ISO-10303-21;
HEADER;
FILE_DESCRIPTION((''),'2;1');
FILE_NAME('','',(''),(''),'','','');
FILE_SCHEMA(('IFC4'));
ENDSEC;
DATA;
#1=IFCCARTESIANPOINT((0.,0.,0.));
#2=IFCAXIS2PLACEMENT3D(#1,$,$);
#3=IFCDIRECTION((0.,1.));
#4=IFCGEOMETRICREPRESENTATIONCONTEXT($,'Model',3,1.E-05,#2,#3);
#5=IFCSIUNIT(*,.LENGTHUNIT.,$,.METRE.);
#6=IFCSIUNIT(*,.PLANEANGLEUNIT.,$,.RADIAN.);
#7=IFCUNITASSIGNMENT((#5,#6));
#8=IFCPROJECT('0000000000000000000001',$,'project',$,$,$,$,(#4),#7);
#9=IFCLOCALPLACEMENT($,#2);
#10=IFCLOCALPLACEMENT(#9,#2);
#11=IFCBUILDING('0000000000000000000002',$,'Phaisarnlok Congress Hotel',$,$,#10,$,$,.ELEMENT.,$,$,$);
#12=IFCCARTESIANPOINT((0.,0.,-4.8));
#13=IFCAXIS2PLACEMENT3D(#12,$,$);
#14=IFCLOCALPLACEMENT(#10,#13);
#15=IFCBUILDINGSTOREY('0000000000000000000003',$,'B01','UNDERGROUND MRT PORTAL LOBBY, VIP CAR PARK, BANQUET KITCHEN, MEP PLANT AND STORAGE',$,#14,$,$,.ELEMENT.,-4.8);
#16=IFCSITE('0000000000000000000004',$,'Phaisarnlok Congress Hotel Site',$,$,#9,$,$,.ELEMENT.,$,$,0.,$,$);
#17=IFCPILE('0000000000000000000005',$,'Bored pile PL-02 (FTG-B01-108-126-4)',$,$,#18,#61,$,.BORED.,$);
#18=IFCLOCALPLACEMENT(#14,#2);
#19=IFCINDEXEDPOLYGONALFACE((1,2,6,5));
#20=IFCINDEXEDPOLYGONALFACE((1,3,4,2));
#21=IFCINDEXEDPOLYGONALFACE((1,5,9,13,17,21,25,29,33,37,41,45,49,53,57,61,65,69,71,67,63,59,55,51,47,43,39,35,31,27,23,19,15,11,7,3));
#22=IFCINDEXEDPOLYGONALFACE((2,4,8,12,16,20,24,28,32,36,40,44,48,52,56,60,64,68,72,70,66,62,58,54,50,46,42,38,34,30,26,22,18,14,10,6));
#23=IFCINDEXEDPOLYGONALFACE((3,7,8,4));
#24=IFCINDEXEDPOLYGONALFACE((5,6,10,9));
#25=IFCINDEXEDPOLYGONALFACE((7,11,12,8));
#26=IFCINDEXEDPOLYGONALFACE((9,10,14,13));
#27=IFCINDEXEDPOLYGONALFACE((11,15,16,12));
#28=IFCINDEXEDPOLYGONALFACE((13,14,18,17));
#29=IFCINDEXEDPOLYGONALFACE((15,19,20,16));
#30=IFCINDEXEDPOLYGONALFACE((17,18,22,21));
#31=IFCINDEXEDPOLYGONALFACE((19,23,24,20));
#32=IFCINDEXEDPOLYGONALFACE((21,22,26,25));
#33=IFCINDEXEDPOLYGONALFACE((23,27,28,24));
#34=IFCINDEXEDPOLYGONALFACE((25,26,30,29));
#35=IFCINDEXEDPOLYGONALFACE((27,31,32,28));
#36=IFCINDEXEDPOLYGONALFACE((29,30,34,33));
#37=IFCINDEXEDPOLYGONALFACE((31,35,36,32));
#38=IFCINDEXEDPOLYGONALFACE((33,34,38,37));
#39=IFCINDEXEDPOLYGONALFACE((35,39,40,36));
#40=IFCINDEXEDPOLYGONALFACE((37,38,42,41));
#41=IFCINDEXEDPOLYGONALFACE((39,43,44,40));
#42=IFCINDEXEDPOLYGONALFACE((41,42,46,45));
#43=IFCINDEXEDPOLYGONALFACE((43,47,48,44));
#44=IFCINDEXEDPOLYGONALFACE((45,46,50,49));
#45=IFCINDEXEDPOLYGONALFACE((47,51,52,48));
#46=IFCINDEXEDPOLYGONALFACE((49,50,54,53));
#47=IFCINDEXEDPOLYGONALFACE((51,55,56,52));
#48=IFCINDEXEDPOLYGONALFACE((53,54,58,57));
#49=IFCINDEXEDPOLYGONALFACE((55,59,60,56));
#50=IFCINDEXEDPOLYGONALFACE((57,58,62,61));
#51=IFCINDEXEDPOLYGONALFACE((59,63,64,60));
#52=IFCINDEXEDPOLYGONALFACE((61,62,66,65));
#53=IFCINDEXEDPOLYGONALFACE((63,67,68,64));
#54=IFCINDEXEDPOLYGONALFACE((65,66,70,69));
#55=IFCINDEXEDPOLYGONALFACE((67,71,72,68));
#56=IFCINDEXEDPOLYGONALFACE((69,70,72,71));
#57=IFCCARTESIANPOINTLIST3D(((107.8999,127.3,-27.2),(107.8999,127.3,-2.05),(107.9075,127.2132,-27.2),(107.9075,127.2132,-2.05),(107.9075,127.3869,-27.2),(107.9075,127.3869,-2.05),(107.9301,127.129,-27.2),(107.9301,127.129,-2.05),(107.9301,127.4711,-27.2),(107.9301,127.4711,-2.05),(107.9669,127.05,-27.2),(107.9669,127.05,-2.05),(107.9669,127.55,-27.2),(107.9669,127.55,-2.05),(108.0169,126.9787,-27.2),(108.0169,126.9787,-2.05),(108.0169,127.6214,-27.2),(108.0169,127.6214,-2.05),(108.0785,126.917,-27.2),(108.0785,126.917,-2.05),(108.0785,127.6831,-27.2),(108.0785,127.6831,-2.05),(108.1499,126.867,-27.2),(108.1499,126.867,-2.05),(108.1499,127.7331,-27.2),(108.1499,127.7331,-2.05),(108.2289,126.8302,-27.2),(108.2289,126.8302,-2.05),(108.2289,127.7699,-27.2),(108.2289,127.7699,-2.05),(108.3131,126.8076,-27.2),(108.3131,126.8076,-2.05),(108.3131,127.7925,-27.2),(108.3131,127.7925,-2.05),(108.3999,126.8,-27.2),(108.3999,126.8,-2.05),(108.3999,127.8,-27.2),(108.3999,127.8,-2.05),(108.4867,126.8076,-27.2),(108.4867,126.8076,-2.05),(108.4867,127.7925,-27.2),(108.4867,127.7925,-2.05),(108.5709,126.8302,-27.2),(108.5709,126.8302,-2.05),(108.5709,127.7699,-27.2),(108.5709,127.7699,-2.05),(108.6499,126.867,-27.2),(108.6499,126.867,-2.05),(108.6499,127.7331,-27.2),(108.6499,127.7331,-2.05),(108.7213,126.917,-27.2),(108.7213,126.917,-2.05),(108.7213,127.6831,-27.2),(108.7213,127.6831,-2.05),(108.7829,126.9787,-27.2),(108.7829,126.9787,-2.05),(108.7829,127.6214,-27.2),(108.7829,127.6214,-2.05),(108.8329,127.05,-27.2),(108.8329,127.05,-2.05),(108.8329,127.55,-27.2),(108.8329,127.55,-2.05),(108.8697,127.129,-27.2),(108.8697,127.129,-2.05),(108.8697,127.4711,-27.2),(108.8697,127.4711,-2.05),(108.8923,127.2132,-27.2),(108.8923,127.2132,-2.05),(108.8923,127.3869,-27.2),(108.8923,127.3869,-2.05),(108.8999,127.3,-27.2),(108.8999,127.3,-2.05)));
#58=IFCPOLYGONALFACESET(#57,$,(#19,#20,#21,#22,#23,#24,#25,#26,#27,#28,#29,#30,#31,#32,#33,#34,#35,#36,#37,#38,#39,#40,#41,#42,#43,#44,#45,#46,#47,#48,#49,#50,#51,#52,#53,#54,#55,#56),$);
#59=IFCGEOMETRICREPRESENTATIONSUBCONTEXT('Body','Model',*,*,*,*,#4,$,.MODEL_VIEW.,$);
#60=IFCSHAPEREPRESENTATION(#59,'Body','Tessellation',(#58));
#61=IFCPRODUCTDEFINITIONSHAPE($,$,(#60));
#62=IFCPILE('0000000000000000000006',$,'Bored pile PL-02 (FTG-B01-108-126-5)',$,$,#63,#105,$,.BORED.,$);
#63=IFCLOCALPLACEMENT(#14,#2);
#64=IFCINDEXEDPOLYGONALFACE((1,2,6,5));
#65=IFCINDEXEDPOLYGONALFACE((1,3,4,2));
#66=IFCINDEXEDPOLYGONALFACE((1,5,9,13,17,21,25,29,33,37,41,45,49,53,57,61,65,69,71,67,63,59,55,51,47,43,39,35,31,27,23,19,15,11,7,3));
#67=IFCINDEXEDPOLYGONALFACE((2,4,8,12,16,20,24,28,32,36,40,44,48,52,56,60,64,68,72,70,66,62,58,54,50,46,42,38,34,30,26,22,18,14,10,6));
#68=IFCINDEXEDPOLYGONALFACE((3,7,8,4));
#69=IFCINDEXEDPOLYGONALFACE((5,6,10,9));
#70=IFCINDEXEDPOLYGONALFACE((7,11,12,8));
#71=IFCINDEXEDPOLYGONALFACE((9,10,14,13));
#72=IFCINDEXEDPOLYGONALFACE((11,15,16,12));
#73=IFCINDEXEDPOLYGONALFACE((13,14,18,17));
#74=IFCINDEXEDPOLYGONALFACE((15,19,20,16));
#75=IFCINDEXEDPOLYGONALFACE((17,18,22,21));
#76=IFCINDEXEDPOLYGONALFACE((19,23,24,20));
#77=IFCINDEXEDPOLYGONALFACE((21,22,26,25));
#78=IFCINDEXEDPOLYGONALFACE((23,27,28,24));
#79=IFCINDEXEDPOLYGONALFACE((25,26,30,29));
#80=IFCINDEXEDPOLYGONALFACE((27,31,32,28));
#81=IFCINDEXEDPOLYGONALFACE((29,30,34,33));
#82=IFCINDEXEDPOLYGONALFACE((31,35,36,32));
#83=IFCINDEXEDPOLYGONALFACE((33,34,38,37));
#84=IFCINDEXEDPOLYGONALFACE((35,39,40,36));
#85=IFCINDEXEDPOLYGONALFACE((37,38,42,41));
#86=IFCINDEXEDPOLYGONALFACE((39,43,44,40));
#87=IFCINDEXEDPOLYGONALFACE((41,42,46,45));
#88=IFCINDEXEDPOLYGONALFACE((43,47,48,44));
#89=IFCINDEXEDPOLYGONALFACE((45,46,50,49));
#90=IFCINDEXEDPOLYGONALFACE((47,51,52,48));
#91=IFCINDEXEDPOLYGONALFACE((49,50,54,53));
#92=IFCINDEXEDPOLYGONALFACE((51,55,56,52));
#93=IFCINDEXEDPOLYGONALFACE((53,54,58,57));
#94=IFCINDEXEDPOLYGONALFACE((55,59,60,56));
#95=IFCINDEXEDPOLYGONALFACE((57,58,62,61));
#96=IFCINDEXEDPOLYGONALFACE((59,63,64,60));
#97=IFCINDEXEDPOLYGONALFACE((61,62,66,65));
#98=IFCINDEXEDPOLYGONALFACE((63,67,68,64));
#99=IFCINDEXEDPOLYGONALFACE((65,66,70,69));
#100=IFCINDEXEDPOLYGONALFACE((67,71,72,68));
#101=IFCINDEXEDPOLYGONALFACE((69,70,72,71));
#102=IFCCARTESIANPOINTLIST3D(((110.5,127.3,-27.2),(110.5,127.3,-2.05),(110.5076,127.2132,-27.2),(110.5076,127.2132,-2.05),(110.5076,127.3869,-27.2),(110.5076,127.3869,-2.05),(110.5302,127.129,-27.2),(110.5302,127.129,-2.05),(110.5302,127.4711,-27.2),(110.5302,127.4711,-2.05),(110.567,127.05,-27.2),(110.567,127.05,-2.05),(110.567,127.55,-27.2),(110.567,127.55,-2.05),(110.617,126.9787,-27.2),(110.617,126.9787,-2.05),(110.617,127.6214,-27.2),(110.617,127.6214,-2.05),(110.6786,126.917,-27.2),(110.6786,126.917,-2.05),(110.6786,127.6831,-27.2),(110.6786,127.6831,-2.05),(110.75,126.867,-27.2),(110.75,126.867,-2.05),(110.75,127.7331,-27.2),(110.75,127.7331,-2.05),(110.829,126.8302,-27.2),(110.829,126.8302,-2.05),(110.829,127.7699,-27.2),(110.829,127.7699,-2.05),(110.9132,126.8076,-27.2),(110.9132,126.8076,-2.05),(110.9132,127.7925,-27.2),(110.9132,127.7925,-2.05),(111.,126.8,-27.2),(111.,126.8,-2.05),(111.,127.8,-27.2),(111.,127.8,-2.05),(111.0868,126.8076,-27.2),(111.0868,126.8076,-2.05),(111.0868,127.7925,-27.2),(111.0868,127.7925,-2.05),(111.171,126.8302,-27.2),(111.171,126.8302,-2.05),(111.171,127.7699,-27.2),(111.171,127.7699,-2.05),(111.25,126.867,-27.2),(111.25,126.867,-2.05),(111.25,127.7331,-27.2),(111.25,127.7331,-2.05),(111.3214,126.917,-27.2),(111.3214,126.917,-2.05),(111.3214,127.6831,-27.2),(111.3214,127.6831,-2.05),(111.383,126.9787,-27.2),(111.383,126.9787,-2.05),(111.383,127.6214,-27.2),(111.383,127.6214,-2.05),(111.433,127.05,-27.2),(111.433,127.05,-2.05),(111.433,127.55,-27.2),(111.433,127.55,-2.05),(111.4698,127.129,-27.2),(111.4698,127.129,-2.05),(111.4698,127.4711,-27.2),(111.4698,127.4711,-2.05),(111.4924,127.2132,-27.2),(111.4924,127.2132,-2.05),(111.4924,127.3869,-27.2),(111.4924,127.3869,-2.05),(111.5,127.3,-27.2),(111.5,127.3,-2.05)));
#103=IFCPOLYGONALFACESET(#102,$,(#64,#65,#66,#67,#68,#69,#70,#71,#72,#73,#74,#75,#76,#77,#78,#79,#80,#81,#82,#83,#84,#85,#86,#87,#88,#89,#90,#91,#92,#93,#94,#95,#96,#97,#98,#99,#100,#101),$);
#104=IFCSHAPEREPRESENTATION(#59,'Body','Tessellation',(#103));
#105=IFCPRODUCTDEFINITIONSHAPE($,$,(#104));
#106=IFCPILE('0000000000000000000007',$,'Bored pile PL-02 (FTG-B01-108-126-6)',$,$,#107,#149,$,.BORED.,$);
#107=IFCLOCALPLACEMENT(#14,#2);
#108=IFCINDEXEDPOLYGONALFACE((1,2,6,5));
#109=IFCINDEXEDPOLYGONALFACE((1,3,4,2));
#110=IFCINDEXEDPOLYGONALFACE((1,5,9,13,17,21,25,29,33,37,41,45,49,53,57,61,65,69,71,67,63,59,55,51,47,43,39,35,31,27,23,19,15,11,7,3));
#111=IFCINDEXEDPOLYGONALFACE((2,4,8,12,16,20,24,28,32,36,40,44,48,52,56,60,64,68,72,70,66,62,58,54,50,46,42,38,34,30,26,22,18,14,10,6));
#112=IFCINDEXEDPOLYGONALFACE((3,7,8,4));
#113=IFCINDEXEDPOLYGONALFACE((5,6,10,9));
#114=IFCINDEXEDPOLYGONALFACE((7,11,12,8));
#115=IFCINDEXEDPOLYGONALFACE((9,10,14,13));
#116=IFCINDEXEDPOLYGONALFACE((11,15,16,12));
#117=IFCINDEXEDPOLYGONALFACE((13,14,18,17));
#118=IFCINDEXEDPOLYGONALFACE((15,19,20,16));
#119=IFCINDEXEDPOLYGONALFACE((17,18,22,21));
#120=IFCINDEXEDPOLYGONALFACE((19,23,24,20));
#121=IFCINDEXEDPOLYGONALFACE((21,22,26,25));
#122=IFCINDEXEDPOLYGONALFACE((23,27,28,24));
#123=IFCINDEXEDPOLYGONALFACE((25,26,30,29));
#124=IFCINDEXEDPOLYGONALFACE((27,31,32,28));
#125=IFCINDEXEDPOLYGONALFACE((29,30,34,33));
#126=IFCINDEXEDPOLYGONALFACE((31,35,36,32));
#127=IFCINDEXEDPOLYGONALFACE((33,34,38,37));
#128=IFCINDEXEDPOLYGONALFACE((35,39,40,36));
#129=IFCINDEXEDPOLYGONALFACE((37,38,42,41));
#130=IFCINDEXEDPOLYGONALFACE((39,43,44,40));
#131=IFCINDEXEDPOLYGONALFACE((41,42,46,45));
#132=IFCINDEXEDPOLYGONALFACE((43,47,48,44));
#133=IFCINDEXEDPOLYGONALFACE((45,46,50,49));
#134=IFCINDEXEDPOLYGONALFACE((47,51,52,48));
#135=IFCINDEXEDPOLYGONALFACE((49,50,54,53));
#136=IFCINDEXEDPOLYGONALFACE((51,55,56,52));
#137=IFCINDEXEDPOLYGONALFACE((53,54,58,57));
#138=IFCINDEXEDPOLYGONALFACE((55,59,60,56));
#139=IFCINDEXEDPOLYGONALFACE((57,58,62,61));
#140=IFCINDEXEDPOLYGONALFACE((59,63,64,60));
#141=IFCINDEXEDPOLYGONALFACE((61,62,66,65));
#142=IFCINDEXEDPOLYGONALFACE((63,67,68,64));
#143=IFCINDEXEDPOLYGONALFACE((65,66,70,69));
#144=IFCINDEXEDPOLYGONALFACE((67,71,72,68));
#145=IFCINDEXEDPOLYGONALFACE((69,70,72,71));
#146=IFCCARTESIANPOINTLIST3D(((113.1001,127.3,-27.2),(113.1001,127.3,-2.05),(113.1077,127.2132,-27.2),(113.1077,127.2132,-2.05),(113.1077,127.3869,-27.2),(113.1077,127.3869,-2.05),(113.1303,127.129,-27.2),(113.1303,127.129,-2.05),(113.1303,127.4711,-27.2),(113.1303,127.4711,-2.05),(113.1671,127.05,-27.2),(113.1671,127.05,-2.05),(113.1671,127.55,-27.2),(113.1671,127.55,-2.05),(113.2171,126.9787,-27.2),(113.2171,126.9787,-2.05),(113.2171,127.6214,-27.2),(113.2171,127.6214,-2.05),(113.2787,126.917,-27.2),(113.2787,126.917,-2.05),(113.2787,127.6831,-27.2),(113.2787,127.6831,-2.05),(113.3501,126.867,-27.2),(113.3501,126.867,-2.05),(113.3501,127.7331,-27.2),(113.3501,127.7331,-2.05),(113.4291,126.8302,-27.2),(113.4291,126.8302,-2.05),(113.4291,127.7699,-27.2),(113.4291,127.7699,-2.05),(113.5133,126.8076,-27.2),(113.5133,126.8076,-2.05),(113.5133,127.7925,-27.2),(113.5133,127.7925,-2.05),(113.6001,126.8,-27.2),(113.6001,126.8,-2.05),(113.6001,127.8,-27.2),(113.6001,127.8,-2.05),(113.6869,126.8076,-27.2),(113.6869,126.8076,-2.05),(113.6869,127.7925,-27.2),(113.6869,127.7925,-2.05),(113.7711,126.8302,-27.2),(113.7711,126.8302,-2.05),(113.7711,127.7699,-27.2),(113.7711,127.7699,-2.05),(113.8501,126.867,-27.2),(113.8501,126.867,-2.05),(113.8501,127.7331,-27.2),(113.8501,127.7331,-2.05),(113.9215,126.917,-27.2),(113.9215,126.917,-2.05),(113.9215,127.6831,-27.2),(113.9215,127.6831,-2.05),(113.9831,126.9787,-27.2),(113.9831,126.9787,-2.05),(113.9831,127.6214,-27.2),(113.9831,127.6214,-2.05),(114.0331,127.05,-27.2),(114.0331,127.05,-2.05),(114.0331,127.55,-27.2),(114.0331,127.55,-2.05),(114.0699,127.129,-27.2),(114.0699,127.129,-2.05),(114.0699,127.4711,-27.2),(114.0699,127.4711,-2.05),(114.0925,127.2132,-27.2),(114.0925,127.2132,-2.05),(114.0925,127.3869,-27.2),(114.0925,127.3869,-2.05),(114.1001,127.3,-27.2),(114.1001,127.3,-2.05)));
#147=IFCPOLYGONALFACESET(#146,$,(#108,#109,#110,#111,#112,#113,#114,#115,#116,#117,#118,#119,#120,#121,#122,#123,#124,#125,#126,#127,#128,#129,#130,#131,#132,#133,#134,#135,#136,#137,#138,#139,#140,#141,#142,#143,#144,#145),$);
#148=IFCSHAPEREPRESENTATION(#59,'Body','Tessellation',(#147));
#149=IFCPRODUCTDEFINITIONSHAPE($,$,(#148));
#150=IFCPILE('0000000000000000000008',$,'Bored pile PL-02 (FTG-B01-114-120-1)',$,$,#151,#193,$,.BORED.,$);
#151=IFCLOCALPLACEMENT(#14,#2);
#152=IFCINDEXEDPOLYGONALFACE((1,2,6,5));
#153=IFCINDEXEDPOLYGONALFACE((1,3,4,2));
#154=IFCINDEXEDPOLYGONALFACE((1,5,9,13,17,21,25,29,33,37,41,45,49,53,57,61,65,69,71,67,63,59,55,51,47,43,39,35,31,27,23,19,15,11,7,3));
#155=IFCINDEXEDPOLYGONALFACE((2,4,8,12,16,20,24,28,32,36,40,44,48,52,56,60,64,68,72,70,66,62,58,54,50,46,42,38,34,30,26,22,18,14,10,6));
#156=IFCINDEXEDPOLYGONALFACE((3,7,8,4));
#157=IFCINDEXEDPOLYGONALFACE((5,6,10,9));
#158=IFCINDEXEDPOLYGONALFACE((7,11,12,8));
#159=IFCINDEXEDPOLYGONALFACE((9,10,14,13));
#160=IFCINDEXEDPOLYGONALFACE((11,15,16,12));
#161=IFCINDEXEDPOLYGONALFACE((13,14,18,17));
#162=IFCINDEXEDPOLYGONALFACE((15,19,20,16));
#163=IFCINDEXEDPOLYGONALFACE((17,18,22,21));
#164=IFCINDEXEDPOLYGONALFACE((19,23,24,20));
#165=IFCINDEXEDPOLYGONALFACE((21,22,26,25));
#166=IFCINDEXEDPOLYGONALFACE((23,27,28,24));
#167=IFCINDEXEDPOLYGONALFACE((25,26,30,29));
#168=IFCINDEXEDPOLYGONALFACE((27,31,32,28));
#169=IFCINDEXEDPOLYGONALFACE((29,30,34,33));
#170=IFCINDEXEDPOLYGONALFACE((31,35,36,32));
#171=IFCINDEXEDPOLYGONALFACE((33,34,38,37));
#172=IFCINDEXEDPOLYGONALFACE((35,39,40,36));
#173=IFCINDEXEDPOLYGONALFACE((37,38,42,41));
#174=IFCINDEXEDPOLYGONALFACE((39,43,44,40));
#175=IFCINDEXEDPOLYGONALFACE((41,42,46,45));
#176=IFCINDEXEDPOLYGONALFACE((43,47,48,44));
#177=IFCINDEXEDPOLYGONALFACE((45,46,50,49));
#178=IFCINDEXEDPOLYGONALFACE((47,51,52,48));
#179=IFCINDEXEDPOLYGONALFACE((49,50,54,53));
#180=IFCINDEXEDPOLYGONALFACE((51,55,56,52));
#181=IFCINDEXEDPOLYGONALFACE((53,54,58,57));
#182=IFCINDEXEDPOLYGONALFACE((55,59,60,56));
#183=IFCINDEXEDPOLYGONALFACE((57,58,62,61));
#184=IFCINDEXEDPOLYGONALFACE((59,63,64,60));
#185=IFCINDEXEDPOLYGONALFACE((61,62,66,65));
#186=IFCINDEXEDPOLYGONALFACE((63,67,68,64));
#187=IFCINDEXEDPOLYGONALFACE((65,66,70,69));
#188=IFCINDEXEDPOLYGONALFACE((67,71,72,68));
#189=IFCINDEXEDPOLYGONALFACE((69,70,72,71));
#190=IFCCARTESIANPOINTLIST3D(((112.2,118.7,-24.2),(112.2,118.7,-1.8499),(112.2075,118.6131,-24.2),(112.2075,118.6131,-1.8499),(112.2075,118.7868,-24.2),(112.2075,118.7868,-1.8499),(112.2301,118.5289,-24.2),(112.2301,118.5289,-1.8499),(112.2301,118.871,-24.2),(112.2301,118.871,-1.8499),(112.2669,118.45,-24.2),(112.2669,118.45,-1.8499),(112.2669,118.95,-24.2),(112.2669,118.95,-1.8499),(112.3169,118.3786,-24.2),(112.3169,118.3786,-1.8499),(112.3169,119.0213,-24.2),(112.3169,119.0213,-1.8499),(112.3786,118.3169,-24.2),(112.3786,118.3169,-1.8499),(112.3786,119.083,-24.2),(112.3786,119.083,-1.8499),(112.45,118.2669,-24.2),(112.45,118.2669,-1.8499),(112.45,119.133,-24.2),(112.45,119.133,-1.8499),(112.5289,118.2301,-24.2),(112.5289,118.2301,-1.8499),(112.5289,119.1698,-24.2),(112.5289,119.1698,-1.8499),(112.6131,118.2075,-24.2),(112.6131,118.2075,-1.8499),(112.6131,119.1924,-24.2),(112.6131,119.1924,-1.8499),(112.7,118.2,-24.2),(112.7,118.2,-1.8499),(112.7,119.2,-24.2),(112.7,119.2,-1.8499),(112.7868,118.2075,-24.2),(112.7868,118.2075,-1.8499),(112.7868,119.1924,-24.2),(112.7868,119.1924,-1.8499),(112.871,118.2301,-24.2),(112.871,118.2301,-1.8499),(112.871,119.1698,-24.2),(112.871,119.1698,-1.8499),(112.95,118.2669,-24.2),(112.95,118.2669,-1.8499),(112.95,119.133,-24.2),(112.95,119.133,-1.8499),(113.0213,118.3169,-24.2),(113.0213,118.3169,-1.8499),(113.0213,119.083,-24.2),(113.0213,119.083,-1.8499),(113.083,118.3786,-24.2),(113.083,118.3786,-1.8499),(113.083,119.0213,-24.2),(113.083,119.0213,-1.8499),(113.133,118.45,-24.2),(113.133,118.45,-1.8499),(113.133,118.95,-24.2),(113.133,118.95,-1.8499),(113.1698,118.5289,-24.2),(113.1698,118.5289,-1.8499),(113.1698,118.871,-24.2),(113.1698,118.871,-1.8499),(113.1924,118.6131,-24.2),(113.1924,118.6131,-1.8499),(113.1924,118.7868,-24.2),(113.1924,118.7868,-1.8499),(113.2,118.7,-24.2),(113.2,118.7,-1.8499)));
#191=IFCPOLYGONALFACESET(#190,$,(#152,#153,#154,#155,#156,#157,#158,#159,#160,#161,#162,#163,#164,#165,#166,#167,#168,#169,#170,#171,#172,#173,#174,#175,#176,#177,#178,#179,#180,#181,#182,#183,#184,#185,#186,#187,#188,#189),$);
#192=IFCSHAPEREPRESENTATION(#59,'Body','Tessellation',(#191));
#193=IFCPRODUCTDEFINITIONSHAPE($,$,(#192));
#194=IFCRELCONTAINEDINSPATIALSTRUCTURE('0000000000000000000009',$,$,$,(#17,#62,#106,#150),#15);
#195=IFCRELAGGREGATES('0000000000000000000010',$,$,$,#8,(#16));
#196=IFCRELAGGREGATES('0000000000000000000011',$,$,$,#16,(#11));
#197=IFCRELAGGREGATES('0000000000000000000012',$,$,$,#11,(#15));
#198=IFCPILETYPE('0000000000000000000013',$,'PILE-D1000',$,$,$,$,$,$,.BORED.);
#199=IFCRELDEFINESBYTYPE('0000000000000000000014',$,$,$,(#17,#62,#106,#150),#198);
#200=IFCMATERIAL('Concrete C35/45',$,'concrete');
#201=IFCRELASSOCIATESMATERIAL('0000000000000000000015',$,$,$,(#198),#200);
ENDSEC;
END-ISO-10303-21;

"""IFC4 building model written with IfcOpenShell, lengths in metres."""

from ifc_helpers import new_model, si_unit, direction, frame, origin, origin_2d, place, context, subcontext, project, spatial, circle, extrude, material, material_profile, profile_set, type_object, element, save


model = new_model("IFC4")

# Units and contexts
model_context = context("Model", 3, precision=1e-05, world=origin(), true_north=direction((0.0, 1.0)))
body_context = subcontext(model_context, "Body", "Model", "MODEL_VIEW")
ifc_project = project(units=[si_unit("LENGTHUNIT", "METRE"), si_unit("PLANEANGLEUNIT", "RADIAN")], contexts=[model_context])

# Site, building, storey
site_placement = place(None, origin())
site = spatial("IfcSite", under=ifc_project, at=site_placement, Name="Phaisarnlok Congress Hotel Site", CompositionType="ELEMENT", RefElevation=0.0)
building_placement = place(site_placement, origin())
building = spatial("IfcBuilding", under=site, at=building_placement, Name="Phaisarnlok Congress Hotel", CompositionType="ELEMENT")
storey_placement = place(building_placement, frame((0.0, 0.0, -4.8)))
storey = spatial("IfcBuildingStorey", under=building, at=storey_placement, Name="B01", Description="UNDERGROUND MRT PORTAL LOBBY, VIP CAR PARK, BANQUET KITCHEN, MEP PLANT AND STORAGE", CompositionType="ELEMENT", Elevation=-4.8)

# Piles
ifc_material_1 = material(Name="Concrete C35/45", Category="concrete")
ifc_material_profile_1 = material_profile(ifc_material_1, circle(Radius=0.5, at=origin_2d()), Name="BORED PILE D1000")
ifc_profile_set_1 = profile_set([ifc_material_profile_1], Name="Concrete C35/45")
pile_type_1 = type_object("IfcPileType", Name="PILE-D1000", PredefinedType="BORED", material=ifc_profile_set_1)
for number, where, z_axis, x_axis, name in (
    (1, (108.3999, 127.3, -2.05), (0.0, 0.0, -1.0), (1.0, 0.0, 0.0), "Bored pile PL-02 (FTG-B01-108-126-4)"),
    (2, (111.0, 127.3, -2.05), (0.0, 0.0, -1.0), (1.0, 0.0, 0.0), "Bored pile PL-02 (FTG-B01-108-126-5)"),
    (3, (113.6001, 127.3, -2.05), (0.0, 0.0, -1.0), (1.0, 0.0, 0.0), "Bored pile PL-02 (FTG-B01-108-126-6)"),
):
    element("IfcPile", number, at=place(storey_placement, frame(where, z_axis=z_axis, x_axis=x_axis)), inside=storey, type_object=pile_type_1, Name=name, PredefinedType="BORED", context=body_context, shape_type="SweptSolid", body=[
        extrude(circle(Radius=0.5, at=origin_2d()), origin(), (0.0, 0.0, 1.0), 25.1499),
    ])
for number, where, z_axis, x_axis, name in (
    (4, (112.7, 118.7, -1.8499), (0.0, 0.0, -1.0), (1.0, 0.0, 0.0), "Bored pile PL-02 (FTG-B01-114-120-1)"),
):
    element("IfcPile", number, at=place(storey_placement, frame(where, z_axis=z_axis, x_axis=x_axis)), inside=storey, type_object=pile_type_1, Name=name, PredefinedType="BORED", context=body_context, shape_type="SweptSolid", body=[
        extrude(circle(Radius=0.5, at=origin_2d()), origin(), (0.0, 0.0, 1.0), 22.3501),
    ])

save(model, "model.ifc")
